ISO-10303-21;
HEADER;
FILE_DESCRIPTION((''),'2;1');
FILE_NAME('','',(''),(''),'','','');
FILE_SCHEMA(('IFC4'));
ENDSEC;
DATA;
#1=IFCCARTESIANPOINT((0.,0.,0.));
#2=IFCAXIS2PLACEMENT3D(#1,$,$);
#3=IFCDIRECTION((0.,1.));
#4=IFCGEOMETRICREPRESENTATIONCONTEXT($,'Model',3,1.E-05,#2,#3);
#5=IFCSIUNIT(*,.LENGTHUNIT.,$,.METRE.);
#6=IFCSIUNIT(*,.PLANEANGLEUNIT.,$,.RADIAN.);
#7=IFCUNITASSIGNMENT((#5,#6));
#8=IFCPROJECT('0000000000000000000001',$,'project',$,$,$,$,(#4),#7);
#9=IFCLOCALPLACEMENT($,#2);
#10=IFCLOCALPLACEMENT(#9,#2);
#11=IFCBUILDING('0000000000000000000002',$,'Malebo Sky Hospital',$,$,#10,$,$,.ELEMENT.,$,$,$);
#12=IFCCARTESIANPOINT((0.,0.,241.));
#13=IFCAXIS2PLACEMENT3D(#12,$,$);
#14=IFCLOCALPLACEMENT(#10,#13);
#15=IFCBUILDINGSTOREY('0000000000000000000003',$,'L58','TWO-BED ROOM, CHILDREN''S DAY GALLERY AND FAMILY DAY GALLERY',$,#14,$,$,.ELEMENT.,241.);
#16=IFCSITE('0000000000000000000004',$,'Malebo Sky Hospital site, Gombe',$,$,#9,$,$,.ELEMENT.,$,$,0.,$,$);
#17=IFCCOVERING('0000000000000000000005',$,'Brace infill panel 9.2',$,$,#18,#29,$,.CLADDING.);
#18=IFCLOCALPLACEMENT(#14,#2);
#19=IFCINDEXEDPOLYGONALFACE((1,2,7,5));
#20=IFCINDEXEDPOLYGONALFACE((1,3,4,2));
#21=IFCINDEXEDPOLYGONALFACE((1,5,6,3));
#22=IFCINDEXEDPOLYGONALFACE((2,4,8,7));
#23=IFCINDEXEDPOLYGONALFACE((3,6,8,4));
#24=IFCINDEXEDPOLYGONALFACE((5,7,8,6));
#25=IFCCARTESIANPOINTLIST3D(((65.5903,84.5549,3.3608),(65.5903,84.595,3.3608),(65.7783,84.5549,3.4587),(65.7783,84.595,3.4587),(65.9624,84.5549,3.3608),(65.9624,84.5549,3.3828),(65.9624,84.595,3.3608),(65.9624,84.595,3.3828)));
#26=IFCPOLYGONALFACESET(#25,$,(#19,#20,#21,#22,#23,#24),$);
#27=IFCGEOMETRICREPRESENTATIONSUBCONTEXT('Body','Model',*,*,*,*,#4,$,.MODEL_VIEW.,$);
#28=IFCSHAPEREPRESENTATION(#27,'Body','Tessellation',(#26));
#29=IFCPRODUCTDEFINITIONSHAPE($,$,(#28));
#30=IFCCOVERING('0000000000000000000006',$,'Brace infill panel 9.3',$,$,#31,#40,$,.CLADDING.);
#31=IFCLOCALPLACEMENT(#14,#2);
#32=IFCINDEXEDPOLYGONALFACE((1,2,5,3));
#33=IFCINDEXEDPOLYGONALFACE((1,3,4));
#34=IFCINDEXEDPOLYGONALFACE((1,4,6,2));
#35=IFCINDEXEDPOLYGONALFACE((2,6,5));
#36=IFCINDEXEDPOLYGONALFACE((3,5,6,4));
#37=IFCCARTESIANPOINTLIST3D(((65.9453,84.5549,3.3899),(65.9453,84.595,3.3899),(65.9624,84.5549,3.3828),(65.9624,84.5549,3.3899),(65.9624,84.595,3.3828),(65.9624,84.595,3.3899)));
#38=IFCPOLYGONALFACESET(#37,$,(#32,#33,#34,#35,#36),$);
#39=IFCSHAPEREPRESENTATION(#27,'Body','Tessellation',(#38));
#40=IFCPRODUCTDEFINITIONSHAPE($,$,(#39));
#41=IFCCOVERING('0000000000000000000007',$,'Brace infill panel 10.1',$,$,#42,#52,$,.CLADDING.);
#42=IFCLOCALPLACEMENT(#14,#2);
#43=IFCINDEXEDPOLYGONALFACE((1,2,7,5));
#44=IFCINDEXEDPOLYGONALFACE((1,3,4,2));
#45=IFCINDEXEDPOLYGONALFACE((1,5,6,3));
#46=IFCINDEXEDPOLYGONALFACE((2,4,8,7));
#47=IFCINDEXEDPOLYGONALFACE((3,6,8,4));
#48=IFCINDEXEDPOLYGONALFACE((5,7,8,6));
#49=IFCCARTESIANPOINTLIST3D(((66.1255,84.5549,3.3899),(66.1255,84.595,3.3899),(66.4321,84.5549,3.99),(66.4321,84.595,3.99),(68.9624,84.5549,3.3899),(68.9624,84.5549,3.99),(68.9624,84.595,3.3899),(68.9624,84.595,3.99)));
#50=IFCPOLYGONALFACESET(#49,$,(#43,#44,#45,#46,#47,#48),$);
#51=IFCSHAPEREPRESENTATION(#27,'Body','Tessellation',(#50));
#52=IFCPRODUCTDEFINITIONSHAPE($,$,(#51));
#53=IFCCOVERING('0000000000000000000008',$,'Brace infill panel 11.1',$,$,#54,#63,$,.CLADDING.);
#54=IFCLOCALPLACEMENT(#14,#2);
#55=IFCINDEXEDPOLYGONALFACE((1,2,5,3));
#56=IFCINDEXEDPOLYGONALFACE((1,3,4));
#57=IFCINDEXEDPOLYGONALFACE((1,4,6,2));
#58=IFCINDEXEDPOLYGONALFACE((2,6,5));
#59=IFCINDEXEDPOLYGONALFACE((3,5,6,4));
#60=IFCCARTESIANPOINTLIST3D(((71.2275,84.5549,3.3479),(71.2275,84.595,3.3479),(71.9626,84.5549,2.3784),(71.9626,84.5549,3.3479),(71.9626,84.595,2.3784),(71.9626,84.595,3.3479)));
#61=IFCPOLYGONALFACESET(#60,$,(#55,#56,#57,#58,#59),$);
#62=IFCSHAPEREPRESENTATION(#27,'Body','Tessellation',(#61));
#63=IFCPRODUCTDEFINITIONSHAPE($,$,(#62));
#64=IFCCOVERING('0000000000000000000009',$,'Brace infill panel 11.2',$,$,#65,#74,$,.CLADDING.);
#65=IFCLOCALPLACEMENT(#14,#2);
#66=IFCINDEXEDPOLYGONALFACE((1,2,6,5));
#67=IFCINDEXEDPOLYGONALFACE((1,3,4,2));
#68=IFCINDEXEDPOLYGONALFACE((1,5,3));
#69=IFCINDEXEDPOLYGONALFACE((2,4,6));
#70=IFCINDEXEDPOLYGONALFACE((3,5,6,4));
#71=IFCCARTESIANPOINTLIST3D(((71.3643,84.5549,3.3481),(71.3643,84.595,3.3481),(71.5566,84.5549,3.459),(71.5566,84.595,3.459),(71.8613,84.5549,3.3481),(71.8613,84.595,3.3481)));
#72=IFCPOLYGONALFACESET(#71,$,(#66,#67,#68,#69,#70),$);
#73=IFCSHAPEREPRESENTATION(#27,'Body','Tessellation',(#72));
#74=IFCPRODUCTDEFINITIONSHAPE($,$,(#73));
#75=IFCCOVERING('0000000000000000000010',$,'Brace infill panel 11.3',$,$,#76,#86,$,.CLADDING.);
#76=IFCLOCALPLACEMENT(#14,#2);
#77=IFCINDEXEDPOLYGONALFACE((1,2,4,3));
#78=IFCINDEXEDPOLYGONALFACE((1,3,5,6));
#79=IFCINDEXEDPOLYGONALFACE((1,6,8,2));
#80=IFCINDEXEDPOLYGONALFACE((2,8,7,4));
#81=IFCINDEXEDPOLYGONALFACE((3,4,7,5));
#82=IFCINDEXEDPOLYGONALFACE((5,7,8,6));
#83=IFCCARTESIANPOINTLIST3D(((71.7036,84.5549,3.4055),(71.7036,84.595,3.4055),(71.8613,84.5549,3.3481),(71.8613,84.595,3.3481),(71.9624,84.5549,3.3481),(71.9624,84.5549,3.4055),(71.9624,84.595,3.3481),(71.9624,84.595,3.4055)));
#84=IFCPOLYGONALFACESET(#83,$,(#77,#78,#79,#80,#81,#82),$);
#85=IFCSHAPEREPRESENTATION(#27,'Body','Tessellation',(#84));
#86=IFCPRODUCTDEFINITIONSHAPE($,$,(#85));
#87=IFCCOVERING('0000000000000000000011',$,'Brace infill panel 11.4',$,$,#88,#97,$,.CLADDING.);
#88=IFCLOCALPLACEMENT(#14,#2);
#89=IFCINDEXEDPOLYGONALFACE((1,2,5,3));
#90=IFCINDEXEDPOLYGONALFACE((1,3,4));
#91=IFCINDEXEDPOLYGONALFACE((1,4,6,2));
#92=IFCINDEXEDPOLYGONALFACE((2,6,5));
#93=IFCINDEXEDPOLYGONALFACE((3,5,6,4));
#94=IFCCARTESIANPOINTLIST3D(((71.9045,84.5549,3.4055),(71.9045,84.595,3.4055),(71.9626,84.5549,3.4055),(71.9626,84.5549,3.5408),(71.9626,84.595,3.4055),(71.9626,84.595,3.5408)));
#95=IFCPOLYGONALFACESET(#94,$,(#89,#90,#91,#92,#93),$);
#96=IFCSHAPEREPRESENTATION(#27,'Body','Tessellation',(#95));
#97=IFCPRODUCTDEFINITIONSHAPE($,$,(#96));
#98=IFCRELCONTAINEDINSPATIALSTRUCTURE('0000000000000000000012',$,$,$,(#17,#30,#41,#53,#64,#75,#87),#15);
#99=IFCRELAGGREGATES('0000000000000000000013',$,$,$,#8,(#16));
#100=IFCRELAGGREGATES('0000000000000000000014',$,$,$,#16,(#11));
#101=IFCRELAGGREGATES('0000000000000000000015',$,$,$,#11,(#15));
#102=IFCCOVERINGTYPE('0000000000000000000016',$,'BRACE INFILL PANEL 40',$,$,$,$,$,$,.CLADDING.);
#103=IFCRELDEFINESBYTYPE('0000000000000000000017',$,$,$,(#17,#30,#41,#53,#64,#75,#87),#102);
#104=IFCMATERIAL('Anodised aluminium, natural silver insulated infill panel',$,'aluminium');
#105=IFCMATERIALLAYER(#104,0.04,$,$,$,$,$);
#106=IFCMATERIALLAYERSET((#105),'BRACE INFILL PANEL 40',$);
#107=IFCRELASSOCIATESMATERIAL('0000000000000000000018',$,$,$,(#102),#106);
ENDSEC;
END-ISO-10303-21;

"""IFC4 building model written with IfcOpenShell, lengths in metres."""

from ifc_helpers import new_model, si_unit, direction, frame, origin, place, context, subcontext, project, spatial, polyline, outline, extrude, material, layer, layer_set, type_object, element, save


model = new_model("IFC4")

# Units and contexts
model_context = context("Model", 3, precision=1e-05, world=origin(), true_north=direction((0.0, 1.0)))
body_context = subcontext(model_context, "Body", "Model", "MODEL_VIEW")
ifc_project = project(units=[si_unit("LENGTHUNIT", "METRE"), si_unit("PLANEANGLEUNIT", "RADIAN")], contexts=[model_context])

# Site, building, storey
site_placement = place(None, origin())
site = spatial("IfcSite", under=ifc_project, at=site_placement, Name="Malebo Sky Hospital site, Gombe", CompositionType="ELEMENT", RefElevation=0.0)
building_placement = place(site_placement, origin())
building = spatial("IfcBuilding", under=site, at=building_placement, Name="Malebo Sky Hospital", CompositionType="ELEMENT")
storey_placement = place(building_placement, frame((0.0, 0.0, 241.0)))
storey = spatial("IfcBuildingStorey", under=building, at=storey_placement, Name="L58", Description="TWO-BED ROOM, CHILDREN'S DAY GALLERY AND FAMILY DAY GALLERY", CompositionType="ELEMENT", Elevation=241.0)

# Coverings
ifc_material_1 = material(Name="Anodised aluminium, natural silver insulated infill panel", Category="aluminium")
ifc_layer_1 = layer(ifc_material_1, 0.04)
ifc_layer_set_1 = layer_set([ifc_layer_1], Name="BRACE INFILL PANEL 40")
covering_type = type_object("IfcCoveringType", Name="BRACE INFILL PANEL 40", PredefinedType="CLADDING", material=ifc_layer_set_1)
covering_1_placement = place(storey_placement, frame((65.7764, 84.575, 3.3608), z_axis=(0.0, 0.0, 1.0), x_axis=(1.0, 0.0, 0.0)))
element("IfcCovering", 1, at=covering_1_placement, inside=storey, type_object=covering_type, Name="Brace infill panel 9.2", PredefinedType="CLADDING", context=body_context, shape_type="SweptSolid", body=[
    extrude(outline(polyline([(-0.186, 0.0), (0.186, 0.0), (0.186, 0.022), (0.002, 0.0979), (-0.186, 0.0)])), frame((0.0, 0.02, 0.0), z_axis=(0.0, -1.0, 0.0), x_axis=(1.0, 0.0, 0.0)), (0.0, 0.0, 1.0), 0.04),
])
covering_2_placement = place(storey_placement, frame((65.9539, 84.575, 3.3828), z_axis=(0.0, 0.0, 1.0), x_axis=(1.0, 0.0, 0.0)))
element("IfcCovering", 2, at=covering_2_placement, inside=storey, type_object=covering_type, Name="Brace infill panel 9.3", PredefinedType="CLADDING", context=body_context, shape_type="SweptSolid", body=[
    extrude(outline(polyline([(0.0085, 0.0), (0.0085, 0.0071), (-0.0085, 0.0071), (0.0085, 0.0)])), frame((0.0, 0.02, 0.0), z_axis=(0.0, -1.0, 0.0), x_axis=(1.0, 0.0, 0.0)), (0.0, 0.0, 1.0), 0.04),
])
covering_3_placement = place(storey_placement, frame((67.5439, 84.575, 3.3899), z_axis=(0.0, 0.0, 1.0), x_axis=(1.0, 0.0, 0.0)))
element("IfcCovering", 3, at=covering_3_placement, inside=storey, type_object=covering_type, Name="Brace infill panel 10.1", PredefinedType="CLADDING", context=body_context, shape_type="SweptSolid", body=[
    extrude(outline(polyline([(-1.4185, 0.0), (1.4185, 0.0), (1.4185, 0.6001), (-1.1118, 0.6001), (-1.4185, 0.0)])), frame((0.0, 0.02, 0.0), z_axis=(0.0, -1.0, 0.0), x_axis=(1.0, 0.0, 0.0)), (0.0, 0.0, 1.0), 0.04),
])
covering_4_placement = place(storey_placement, frame((71.595, 84.575, 2.3784), z_axis=(0.0, 0.0, 1.0), x_axis=(1.0, 0.0, 0.0)))
element("IfcCovering", 4, at=covering_4_placement, inside=storey, type_object=covering_type, Name="Brace infill panel 11.1", PredefinedType="CLADDING", context=body_context, shape_type="SweptSolid", body=[
    extrude(outline(polyline([(0.3677, 0.0), (0.3677, 0.9695), (-0.3674, 0.9695), (0.3677, 0.0)])), frame((0.0, 0.02, 0.0), z_axis=(0.0, -1.0, 0.0), x_axis=(1.0, 0.0, 0.0)), (0.0, 0.0, 1.0), 0.04),
])
covering_5_placement = place(storey_placement, frame((71.6128, 84.575, 3.3481), z_axis=(0.0, 0.0, 1.0), x_axis=(1.0, 0.0, 0.0)))
element("IfcCovering", 5, at=covering_5_placement, inside=storey, type_object=covering_type, Name="Brace infill panel 11.2", PredefinedType="CLADDING", context=body_context, shape_type="SweptSolid", body=[
    extrude(outline(polyline([(-0.2485, 0.0), (0.2485, 0.0), (-0.0562, 0.1108), (-0.2485, 0.0)])), frame((0.0, 0.02, 0.0), z_axis=(0.0, -1.0, 0.0), x_axis=(1.0, 0.0, 0.0)), (0.0, 0.0, 1.0), 0.04),
])
covering_6_placement = place(storey_placement, frame((71.833, 84.575, 3.3481), z_axis=(0.0, 0.0, 1.0), x_axis=(1.0, 0.0, 0.0)))
element("IfcCovering", 6, at=covering_6_placement, inside=storey, type_object=covering_type, Name="Brace infill panel 11.3", PredefinedType="CLADDING", context=body_context, shape_type="SweptSolid", body=[
    extrude(outline(polyline([(0.0283, 0.0), (0.1294, 0.0), (0.1294, 0.0574), (-0.1294, 0.0574), (0.0283, 0.0)])), frame((0.0, 0.02, 0.0), z_axis=(0.0, -1.0, 0.0), x_axis=(1.0, 0.0, 0.0)), (0.0, 0.0, 1.0), 0.04),
])
covering_7_placement = place(storey_placement, frame((71.9336, 84.575, 3.4055), z_axis=(0.0, 0.0, 1.0), x_axis=(1.0, 0.0, 0.0)))
element("IfcCovering", 7, at=covering_7_placement, inside=storey, type_object=covering_type, Name="Brace infill panel 11.4", PredefinedType="CLADDING", context=body_context, shape_type="SweptSolid", body=[
    extrude(outline(polyline([(-0.0291, 0.0), (0.0291, 0.0), (0.0291, 0.1353), (-0.0291, 0.0)])), frame((0.0, 0.02, 0.0), z_axis=(0.0, -1.0, 0.0), x_axis=(1.0, 0.0, 0.0)), (0.0, 0.0, 1.0), 0.04),
])

save(model, "model.ifc")
